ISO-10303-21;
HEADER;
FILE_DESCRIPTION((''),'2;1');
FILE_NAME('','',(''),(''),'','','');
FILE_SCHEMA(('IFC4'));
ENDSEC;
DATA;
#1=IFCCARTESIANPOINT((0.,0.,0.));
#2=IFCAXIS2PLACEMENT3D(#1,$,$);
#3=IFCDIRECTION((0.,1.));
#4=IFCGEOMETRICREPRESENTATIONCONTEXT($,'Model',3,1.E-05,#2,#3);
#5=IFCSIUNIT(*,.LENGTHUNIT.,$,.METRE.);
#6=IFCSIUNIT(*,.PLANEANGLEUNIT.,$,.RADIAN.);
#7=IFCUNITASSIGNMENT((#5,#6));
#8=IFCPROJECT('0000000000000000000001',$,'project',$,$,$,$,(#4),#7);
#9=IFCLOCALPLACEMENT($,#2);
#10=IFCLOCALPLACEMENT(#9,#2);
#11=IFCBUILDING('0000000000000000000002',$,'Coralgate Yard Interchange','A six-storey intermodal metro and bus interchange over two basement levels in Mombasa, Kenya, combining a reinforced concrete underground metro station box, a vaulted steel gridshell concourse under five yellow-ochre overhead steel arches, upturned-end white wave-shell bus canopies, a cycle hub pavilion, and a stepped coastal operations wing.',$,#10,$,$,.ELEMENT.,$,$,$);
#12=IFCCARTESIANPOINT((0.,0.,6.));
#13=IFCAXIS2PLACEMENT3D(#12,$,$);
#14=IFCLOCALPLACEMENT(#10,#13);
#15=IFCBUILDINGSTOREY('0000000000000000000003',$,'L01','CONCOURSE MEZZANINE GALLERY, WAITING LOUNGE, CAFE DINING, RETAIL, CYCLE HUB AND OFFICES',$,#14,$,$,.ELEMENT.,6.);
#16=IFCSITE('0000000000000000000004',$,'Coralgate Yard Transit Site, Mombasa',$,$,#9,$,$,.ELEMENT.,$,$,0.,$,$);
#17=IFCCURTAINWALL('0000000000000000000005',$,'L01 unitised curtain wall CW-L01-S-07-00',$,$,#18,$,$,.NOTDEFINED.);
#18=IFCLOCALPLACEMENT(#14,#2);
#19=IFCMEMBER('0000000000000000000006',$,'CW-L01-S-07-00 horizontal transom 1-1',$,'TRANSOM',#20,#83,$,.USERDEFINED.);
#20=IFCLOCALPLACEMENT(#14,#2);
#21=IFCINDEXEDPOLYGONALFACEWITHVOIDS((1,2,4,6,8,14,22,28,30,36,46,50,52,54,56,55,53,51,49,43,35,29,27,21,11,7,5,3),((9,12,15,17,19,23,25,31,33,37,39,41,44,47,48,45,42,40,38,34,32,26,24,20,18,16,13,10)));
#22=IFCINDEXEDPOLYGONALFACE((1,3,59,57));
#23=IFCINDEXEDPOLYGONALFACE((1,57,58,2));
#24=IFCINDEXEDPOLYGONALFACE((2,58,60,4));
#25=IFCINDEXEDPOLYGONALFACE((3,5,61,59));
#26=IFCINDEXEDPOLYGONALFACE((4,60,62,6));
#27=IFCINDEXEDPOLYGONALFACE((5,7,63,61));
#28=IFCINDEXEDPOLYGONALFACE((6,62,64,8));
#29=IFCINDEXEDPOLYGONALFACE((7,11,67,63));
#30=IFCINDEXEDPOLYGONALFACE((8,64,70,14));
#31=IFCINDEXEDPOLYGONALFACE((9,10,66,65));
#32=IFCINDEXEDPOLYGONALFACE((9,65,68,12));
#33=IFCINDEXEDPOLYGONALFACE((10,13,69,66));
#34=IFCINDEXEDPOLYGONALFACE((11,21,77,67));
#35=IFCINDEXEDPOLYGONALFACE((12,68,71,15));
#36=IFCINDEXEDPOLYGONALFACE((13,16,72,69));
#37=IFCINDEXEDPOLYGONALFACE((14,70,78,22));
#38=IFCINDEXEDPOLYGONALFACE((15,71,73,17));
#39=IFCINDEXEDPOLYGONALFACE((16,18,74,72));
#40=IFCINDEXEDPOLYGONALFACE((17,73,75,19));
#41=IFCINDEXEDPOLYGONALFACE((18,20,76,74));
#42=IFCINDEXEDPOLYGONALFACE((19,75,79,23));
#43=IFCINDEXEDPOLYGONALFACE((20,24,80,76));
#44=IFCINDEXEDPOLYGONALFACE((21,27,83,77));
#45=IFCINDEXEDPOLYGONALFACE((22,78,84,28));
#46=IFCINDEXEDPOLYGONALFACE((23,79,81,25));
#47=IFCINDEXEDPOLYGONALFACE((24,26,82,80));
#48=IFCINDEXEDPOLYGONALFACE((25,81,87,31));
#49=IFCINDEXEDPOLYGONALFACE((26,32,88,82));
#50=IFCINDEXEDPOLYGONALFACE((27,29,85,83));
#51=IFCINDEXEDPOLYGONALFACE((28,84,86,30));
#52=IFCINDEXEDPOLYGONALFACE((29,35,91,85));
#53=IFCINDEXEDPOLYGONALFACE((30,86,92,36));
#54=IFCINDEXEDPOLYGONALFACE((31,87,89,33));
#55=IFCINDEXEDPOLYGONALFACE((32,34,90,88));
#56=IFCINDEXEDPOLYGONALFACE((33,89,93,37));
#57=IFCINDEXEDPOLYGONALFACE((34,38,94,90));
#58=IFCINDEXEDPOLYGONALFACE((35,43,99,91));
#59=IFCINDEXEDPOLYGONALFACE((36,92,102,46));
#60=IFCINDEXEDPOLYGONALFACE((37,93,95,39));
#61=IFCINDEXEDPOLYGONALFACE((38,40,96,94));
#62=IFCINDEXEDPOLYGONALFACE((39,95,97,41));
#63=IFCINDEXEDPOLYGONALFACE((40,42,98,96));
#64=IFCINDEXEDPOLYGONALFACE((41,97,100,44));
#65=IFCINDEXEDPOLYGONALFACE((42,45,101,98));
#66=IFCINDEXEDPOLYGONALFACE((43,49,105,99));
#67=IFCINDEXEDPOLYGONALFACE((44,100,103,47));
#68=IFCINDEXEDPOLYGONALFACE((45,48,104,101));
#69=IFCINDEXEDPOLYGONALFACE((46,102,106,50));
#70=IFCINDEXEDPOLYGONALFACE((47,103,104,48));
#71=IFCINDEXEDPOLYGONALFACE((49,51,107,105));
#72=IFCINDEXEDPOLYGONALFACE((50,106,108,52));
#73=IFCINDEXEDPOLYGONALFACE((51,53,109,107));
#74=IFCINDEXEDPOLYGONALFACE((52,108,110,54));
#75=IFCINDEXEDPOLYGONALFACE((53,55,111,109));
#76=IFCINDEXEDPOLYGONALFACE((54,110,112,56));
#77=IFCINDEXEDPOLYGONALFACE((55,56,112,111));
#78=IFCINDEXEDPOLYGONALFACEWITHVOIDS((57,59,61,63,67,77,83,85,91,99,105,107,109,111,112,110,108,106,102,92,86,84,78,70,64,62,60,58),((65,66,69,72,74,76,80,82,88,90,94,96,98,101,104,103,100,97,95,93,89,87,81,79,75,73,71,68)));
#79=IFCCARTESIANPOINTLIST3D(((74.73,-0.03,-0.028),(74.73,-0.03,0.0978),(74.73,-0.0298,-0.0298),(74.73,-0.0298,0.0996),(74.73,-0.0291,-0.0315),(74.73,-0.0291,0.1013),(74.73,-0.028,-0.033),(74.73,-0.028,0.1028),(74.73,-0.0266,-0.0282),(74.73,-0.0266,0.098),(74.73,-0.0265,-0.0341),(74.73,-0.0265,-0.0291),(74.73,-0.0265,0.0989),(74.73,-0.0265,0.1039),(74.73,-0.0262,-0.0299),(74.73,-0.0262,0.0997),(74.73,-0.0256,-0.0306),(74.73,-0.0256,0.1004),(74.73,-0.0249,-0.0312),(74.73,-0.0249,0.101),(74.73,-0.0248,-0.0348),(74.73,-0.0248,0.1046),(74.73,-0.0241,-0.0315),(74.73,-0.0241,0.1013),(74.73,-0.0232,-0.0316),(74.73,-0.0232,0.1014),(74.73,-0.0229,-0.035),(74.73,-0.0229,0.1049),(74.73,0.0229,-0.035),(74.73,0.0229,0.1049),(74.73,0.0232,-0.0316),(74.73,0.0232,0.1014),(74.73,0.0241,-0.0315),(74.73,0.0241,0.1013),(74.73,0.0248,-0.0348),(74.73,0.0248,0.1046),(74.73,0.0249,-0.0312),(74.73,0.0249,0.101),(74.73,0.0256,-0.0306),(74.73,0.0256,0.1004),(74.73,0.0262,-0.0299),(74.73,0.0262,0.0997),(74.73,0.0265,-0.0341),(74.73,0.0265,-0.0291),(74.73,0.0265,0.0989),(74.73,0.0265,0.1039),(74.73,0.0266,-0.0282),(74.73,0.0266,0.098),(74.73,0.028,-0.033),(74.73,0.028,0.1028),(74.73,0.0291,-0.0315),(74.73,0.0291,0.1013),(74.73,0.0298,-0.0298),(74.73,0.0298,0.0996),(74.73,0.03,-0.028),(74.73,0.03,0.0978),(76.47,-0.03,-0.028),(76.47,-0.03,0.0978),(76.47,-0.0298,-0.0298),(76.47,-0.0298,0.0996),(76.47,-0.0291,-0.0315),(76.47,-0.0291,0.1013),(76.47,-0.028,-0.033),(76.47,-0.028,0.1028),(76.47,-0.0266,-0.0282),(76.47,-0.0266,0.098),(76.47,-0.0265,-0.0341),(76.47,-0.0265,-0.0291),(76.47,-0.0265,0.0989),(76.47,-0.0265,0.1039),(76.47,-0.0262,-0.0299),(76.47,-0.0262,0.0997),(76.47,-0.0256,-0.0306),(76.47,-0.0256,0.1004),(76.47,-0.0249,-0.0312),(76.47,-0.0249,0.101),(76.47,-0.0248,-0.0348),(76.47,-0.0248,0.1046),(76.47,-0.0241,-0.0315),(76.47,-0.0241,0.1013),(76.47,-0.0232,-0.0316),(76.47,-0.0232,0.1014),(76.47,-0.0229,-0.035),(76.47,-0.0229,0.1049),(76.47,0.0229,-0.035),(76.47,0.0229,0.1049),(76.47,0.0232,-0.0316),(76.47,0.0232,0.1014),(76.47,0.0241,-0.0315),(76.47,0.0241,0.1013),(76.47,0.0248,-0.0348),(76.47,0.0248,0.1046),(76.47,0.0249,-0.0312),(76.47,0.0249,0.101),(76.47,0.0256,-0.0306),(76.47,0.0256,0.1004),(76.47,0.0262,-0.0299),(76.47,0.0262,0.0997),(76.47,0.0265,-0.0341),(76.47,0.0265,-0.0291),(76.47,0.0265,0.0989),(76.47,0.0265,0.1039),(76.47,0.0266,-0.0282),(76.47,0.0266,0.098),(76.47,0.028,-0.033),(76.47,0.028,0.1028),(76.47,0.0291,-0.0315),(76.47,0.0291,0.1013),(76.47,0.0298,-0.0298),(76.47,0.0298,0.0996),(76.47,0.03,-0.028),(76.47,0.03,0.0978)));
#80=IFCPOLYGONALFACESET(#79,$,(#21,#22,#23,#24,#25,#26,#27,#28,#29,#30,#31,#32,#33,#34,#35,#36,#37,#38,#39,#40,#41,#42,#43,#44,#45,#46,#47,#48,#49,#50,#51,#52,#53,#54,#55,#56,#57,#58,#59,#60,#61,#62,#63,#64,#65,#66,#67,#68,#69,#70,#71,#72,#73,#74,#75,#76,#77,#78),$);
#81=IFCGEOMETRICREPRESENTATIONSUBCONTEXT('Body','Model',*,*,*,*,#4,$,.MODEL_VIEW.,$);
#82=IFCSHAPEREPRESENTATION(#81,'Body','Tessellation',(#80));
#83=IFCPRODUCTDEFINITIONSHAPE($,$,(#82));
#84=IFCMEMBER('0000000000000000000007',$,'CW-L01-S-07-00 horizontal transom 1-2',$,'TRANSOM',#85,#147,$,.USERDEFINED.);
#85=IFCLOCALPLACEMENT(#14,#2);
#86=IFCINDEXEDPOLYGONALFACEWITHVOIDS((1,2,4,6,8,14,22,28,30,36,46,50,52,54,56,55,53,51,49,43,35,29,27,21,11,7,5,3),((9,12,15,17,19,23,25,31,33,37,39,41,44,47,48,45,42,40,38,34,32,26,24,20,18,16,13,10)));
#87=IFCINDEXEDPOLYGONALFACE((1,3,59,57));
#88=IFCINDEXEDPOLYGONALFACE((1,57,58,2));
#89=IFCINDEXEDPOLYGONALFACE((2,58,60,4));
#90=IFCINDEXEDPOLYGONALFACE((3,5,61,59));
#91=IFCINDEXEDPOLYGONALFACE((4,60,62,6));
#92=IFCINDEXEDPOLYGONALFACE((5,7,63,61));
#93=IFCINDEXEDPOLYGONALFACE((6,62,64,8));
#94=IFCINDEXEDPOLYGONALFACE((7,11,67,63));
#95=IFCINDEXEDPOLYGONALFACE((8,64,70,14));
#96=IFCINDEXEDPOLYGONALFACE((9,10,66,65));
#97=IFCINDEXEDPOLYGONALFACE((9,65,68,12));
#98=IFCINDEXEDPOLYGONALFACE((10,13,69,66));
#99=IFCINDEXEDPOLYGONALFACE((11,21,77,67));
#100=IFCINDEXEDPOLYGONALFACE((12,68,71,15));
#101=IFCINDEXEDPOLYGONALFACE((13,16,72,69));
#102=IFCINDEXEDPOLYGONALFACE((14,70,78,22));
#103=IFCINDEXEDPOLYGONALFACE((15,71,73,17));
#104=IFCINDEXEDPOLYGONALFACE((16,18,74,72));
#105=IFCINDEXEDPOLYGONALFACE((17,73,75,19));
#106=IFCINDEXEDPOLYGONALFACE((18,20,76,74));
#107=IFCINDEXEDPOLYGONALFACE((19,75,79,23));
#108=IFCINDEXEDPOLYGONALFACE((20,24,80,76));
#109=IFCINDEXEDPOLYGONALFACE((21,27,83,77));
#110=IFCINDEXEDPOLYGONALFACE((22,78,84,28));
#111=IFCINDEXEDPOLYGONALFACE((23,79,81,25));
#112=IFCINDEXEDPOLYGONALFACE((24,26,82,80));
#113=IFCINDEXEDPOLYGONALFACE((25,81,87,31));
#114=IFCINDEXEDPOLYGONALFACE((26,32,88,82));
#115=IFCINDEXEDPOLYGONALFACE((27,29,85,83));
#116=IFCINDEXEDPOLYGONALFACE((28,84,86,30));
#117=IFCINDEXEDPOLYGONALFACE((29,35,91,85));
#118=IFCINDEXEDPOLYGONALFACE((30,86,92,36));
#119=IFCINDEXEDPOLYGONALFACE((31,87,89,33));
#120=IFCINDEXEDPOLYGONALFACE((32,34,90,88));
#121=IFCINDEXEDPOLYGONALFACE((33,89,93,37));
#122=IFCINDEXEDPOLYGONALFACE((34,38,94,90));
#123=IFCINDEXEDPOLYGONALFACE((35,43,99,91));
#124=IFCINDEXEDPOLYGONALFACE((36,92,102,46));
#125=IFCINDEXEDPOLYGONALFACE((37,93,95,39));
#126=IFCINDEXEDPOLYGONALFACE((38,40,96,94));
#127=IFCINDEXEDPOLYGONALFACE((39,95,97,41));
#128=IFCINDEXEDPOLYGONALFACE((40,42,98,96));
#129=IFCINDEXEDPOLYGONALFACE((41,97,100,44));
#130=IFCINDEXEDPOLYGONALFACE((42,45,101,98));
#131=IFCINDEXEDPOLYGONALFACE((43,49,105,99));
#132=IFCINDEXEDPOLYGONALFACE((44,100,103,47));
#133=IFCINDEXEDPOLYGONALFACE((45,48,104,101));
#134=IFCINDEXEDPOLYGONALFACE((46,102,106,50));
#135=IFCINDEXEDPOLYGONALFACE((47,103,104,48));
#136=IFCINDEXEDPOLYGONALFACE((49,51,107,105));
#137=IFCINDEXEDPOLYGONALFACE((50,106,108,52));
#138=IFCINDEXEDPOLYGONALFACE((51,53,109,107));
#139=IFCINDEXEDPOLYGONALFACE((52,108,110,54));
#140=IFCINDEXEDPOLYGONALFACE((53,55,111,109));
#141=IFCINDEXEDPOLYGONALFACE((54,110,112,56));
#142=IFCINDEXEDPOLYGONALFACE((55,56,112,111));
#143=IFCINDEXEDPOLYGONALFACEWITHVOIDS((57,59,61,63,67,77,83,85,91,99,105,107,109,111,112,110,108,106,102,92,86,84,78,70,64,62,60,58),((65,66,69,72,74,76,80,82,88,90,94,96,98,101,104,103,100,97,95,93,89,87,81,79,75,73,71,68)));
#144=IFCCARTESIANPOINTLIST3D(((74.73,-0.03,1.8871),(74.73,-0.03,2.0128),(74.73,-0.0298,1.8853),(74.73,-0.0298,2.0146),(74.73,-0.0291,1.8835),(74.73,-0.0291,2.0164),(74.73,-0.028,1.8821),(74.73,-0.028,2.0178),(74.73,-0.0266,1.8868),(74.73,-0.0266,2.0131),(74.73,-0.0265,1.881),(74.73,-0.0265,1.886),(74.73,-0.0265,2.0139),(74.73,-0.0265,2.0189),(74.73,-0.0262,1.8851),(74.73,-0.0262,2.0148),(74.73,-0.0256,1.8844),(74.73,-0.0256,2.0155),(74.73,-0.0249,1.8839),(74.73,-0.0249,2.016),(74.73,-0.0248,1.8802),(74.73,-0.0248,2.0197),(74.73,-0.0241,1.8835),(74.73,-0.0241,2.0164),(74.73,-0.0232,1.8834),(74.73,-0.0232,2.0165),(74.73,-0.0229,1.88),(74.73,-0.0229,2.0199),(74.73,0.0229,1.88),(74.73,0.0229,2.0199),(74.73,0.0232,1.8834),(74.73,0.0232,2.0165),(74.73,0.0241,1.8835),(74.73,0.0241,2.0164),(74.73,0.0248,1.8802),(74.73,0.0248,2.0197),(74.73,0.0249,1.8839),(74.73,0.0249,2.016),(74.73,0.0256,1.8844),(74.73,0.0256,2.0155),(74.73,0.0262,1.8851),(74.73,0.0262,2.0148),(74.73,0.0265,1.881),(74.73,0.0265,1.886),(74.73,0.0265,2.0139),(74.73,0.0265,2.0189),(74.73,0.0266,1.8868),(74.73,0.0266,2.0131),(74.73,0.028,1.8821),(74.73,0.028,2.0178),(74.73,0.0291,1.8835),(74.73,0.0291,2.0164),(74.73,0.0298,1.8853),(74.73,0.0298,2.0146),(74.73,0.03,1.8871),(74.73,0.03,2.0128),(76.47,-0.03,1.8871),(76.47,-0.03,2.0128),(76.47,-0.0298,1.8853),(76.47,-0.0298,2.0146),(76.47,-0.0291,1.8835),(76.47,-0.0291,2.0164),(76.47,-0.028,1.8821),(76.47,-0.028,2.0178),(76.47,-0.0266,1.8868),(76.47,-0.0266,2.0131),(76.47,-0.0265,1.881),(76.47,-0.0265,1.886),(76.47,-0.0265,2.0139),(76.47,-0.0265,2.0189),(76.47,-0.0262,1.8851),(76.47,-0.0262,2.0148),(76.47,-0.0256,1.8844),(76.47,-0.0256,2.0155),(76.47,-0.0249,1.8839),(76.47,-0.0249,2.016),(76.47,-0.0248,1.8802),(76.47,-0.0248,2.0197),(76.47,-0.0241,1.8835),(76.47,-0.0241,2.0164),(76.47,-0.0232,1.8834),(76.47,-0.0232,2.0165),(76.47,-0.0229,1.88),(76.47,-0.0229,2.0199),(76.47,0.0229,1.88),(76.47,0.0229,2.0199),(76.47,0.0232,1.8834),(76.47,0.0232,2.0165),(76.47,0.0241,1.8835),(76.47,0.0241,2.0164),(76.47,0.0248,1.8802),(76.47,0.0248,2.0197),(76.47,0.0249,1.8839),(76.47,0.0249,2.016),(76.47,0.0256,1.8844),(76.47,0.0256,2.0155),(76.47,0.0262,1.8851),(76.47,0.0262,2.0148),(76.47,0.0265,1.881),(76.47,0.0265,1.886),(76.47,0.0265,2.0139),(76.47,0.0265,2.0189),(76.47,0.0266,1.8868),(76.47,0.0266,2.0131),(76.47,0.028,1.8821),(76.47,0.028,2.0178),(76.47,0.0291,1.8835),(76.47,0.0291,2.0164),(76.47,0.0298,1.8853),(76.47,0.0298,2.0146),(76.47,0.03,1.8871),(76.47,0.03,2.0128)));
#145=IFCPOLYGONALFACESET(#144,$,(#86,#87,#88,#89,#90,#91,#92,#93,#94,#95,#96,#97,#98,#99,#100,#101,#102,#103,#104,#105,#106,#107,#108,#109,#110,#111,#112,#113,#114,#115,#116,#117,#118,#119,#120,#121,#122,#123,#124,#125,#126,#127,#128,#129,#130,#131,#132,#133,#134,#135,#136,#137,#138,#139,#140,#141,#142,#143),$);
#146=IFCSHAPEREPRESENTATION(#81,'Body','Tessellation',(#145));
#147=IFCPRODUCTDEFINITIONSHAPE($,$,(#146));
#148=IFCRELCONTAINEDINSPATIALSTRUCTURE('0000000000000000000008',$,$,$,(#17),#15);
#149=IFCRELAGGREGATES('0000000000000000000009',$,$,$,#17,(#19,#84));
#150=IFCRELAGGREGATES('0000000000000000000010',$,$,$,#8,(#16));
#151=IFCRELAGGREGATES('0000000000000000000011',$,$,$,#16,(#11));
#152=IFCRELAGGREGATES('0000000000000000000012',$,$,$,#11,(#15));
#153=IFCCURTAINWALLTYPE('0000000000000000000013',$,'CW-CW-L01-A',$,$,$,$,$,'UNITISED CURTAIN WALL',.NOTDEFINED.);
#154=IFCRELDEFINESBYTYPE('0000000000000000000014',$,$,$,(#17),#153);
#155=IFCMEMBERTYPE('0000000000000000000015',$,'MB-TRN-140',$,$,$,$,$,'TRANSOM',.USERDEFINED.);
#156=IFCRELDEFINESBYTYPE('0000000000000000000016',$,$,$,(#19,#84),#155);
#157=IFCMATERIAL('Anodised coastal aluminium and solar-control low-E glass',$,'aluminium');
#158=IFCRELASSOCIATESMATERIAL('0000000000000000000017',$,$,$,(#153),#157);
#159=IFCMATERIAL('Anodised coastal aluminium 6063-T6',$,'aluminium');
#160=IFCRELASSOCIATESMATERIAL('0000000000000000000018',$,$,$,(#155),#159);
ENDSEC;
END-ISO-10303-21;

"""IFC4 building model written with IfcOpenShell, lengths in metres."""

from ifc_helpers import new_model, si_unit, direction, frame, origin, origin_2d, place, context, subcontext, project, spatial, hollow_rectangle, extrude, material, material_profile, profile_set, type_object, element, aggregate, save


model = new_model("IFC4")

# Units and contexts
model_context = context("Model", 3, precision=1e-05, world=origin(), true_north=direction((0.0, 1.0)))
body_context = subcontext(model_context, "Body", "Model", "MODEL_VIEW")
ifc_project = project(units=[si_unit("LENGTHUNIT", "METRE"), si_unit("PLANEANGLEUNIT", "RADIAN")], contexts=[model_context])

# Site, building, storey
site_placement = place(None, origin())
site = spatial("IfcSite", under=ifc_project, at=site_placement, Name="Coralgate Yard Transit Site, Mombasa", CompositionType="ELEMENT", RefElevation=0.0)
building_placement = place(site_placement, origin())
building = spatial("IfcBuilding", under=site, at=building_placement, Name="Coralgate Yard Interchange", Description="A six-storey intermodal metro and bus interchange over two basement levels in Mombasa, Kenya, combining a reinforced concrete underground metro station box, a vaulted steel gridshell concourse under five yellow-ochre overhead steel arches, upturned-end white wave-shell bus canopies, a cycle hub pavilion, and a stepped coastal operations wing.", CompositionType="ELEMENT")
storey_placement = place(building_placement, frame((0.0, 0.0, 6.0)))
storey = spatial("IfcBuildingStorey", under=building, at=storey_placement, Name="L01", Description="CONCOURSE MEZZANINE GALLERY, WAITING LOUNGE, CAFE DINING, RETAIL, CYCLE HUB AND OFFICES", CompositionType="ELEMENT", Elevation=6.0)

# Curtain wall, members
ifc_material_1 = material(Name="Anodised coastal aluminium and solar-control low-E glass", Category="aluminium")
curtain_wall_type = type_object("IfcCurtainWallType", Name="CW-CW-L01-A", ElementType="UNITISED CURTAIN WALL", PredefinedType="NOTDEFINED", material=ifc_material_1)
curtain_wall_placement = place(storey_placement, origin())
curtain_wall = element("IfcCurtainWall", 1, at=curtain_wall_placement, inside=storey, type_object=curtain_wall_type, Name="L01 unitised curtain wall CW-L01-S-07-00", PredefinedType="NOTDEFINED")
ifc_material_2 = material(Name="Anodised coastal aluminium 6063-T6", Category="aluminium")
ifc_material_profile_1 = material_profile(ifc_material_2, hollow_rectangle(XDim=0.0601, YDim=0.1399, WallThickness=0.0034, InnerFilletRadius=0.0034, OuterFilletRadius=0.0071, at=origin_2d()), Name="ALU 60x140x3.5")
ifc_profile_set_1 = profile_set([ifc_material_profile_1], Name="Anodised coastal aluminium 6063-T6")
member_type_1 = type_object("IfcMemberType", Name="MB-TRN-140", ElementType="TRANSOM", PredefinedType="USERDEFINED", material=ifc_profile_set_1)
member_1_placement = place(storey_placement, frame((76.47, 0.0, 0.0349), z_axis=(-1.0, 0.0, 0.0), x_axis=(0.0, -1.0, 0.0)))
member_1 = element("IfcMember", 2, at=member_1_placement, type_object=member_type_1, Name="CW-L01-S-07-00 horizontal transom 1-1", ObjectType="TRANSOM", PredefinedType="USERDEFINED", context=body_context, shape_type="SweptSolid", body=[
    extrude(hollow_rectangle(XDim=0.0601, YDim=0.1399, WallThickness=0.0034, InnerFilletRadius=0.0034, OuterFilletRadius=0.0071, at=origin_2d()), origin(), (0.0, 0.0, 1.0), 1.74),
])
member_2_placement = place(storey_placement, frame((76.47, 0.0, 1.95), z_axis=(-1.0, 0.0, 0.0), x_axis=(0.0, -1.0, 0.0)))
member_2 = element("IfcMember", 3, at=member_2_placement, type_object=member_type_1, Name="CW-L01-S-07-00 horizontal transom 1-2", ObjectType="TRANSOM", PredefinedType="USERDEFINED", context=body_context, shape_type="SweptSolid", body=[
    extrude(hollow_rectangle(XDim=0.0601, YDim=0.1399, WallThickness=0.0034, InnerFilletRadius=0.0034, OuterFilletRadius=0.0071, at=origin_2d()), origin(), (0.0, 0.0, 1.0), 1.74),
])
aggregate(curtain_wall, [member_1, member_2])

save(model, "model.ifc")
